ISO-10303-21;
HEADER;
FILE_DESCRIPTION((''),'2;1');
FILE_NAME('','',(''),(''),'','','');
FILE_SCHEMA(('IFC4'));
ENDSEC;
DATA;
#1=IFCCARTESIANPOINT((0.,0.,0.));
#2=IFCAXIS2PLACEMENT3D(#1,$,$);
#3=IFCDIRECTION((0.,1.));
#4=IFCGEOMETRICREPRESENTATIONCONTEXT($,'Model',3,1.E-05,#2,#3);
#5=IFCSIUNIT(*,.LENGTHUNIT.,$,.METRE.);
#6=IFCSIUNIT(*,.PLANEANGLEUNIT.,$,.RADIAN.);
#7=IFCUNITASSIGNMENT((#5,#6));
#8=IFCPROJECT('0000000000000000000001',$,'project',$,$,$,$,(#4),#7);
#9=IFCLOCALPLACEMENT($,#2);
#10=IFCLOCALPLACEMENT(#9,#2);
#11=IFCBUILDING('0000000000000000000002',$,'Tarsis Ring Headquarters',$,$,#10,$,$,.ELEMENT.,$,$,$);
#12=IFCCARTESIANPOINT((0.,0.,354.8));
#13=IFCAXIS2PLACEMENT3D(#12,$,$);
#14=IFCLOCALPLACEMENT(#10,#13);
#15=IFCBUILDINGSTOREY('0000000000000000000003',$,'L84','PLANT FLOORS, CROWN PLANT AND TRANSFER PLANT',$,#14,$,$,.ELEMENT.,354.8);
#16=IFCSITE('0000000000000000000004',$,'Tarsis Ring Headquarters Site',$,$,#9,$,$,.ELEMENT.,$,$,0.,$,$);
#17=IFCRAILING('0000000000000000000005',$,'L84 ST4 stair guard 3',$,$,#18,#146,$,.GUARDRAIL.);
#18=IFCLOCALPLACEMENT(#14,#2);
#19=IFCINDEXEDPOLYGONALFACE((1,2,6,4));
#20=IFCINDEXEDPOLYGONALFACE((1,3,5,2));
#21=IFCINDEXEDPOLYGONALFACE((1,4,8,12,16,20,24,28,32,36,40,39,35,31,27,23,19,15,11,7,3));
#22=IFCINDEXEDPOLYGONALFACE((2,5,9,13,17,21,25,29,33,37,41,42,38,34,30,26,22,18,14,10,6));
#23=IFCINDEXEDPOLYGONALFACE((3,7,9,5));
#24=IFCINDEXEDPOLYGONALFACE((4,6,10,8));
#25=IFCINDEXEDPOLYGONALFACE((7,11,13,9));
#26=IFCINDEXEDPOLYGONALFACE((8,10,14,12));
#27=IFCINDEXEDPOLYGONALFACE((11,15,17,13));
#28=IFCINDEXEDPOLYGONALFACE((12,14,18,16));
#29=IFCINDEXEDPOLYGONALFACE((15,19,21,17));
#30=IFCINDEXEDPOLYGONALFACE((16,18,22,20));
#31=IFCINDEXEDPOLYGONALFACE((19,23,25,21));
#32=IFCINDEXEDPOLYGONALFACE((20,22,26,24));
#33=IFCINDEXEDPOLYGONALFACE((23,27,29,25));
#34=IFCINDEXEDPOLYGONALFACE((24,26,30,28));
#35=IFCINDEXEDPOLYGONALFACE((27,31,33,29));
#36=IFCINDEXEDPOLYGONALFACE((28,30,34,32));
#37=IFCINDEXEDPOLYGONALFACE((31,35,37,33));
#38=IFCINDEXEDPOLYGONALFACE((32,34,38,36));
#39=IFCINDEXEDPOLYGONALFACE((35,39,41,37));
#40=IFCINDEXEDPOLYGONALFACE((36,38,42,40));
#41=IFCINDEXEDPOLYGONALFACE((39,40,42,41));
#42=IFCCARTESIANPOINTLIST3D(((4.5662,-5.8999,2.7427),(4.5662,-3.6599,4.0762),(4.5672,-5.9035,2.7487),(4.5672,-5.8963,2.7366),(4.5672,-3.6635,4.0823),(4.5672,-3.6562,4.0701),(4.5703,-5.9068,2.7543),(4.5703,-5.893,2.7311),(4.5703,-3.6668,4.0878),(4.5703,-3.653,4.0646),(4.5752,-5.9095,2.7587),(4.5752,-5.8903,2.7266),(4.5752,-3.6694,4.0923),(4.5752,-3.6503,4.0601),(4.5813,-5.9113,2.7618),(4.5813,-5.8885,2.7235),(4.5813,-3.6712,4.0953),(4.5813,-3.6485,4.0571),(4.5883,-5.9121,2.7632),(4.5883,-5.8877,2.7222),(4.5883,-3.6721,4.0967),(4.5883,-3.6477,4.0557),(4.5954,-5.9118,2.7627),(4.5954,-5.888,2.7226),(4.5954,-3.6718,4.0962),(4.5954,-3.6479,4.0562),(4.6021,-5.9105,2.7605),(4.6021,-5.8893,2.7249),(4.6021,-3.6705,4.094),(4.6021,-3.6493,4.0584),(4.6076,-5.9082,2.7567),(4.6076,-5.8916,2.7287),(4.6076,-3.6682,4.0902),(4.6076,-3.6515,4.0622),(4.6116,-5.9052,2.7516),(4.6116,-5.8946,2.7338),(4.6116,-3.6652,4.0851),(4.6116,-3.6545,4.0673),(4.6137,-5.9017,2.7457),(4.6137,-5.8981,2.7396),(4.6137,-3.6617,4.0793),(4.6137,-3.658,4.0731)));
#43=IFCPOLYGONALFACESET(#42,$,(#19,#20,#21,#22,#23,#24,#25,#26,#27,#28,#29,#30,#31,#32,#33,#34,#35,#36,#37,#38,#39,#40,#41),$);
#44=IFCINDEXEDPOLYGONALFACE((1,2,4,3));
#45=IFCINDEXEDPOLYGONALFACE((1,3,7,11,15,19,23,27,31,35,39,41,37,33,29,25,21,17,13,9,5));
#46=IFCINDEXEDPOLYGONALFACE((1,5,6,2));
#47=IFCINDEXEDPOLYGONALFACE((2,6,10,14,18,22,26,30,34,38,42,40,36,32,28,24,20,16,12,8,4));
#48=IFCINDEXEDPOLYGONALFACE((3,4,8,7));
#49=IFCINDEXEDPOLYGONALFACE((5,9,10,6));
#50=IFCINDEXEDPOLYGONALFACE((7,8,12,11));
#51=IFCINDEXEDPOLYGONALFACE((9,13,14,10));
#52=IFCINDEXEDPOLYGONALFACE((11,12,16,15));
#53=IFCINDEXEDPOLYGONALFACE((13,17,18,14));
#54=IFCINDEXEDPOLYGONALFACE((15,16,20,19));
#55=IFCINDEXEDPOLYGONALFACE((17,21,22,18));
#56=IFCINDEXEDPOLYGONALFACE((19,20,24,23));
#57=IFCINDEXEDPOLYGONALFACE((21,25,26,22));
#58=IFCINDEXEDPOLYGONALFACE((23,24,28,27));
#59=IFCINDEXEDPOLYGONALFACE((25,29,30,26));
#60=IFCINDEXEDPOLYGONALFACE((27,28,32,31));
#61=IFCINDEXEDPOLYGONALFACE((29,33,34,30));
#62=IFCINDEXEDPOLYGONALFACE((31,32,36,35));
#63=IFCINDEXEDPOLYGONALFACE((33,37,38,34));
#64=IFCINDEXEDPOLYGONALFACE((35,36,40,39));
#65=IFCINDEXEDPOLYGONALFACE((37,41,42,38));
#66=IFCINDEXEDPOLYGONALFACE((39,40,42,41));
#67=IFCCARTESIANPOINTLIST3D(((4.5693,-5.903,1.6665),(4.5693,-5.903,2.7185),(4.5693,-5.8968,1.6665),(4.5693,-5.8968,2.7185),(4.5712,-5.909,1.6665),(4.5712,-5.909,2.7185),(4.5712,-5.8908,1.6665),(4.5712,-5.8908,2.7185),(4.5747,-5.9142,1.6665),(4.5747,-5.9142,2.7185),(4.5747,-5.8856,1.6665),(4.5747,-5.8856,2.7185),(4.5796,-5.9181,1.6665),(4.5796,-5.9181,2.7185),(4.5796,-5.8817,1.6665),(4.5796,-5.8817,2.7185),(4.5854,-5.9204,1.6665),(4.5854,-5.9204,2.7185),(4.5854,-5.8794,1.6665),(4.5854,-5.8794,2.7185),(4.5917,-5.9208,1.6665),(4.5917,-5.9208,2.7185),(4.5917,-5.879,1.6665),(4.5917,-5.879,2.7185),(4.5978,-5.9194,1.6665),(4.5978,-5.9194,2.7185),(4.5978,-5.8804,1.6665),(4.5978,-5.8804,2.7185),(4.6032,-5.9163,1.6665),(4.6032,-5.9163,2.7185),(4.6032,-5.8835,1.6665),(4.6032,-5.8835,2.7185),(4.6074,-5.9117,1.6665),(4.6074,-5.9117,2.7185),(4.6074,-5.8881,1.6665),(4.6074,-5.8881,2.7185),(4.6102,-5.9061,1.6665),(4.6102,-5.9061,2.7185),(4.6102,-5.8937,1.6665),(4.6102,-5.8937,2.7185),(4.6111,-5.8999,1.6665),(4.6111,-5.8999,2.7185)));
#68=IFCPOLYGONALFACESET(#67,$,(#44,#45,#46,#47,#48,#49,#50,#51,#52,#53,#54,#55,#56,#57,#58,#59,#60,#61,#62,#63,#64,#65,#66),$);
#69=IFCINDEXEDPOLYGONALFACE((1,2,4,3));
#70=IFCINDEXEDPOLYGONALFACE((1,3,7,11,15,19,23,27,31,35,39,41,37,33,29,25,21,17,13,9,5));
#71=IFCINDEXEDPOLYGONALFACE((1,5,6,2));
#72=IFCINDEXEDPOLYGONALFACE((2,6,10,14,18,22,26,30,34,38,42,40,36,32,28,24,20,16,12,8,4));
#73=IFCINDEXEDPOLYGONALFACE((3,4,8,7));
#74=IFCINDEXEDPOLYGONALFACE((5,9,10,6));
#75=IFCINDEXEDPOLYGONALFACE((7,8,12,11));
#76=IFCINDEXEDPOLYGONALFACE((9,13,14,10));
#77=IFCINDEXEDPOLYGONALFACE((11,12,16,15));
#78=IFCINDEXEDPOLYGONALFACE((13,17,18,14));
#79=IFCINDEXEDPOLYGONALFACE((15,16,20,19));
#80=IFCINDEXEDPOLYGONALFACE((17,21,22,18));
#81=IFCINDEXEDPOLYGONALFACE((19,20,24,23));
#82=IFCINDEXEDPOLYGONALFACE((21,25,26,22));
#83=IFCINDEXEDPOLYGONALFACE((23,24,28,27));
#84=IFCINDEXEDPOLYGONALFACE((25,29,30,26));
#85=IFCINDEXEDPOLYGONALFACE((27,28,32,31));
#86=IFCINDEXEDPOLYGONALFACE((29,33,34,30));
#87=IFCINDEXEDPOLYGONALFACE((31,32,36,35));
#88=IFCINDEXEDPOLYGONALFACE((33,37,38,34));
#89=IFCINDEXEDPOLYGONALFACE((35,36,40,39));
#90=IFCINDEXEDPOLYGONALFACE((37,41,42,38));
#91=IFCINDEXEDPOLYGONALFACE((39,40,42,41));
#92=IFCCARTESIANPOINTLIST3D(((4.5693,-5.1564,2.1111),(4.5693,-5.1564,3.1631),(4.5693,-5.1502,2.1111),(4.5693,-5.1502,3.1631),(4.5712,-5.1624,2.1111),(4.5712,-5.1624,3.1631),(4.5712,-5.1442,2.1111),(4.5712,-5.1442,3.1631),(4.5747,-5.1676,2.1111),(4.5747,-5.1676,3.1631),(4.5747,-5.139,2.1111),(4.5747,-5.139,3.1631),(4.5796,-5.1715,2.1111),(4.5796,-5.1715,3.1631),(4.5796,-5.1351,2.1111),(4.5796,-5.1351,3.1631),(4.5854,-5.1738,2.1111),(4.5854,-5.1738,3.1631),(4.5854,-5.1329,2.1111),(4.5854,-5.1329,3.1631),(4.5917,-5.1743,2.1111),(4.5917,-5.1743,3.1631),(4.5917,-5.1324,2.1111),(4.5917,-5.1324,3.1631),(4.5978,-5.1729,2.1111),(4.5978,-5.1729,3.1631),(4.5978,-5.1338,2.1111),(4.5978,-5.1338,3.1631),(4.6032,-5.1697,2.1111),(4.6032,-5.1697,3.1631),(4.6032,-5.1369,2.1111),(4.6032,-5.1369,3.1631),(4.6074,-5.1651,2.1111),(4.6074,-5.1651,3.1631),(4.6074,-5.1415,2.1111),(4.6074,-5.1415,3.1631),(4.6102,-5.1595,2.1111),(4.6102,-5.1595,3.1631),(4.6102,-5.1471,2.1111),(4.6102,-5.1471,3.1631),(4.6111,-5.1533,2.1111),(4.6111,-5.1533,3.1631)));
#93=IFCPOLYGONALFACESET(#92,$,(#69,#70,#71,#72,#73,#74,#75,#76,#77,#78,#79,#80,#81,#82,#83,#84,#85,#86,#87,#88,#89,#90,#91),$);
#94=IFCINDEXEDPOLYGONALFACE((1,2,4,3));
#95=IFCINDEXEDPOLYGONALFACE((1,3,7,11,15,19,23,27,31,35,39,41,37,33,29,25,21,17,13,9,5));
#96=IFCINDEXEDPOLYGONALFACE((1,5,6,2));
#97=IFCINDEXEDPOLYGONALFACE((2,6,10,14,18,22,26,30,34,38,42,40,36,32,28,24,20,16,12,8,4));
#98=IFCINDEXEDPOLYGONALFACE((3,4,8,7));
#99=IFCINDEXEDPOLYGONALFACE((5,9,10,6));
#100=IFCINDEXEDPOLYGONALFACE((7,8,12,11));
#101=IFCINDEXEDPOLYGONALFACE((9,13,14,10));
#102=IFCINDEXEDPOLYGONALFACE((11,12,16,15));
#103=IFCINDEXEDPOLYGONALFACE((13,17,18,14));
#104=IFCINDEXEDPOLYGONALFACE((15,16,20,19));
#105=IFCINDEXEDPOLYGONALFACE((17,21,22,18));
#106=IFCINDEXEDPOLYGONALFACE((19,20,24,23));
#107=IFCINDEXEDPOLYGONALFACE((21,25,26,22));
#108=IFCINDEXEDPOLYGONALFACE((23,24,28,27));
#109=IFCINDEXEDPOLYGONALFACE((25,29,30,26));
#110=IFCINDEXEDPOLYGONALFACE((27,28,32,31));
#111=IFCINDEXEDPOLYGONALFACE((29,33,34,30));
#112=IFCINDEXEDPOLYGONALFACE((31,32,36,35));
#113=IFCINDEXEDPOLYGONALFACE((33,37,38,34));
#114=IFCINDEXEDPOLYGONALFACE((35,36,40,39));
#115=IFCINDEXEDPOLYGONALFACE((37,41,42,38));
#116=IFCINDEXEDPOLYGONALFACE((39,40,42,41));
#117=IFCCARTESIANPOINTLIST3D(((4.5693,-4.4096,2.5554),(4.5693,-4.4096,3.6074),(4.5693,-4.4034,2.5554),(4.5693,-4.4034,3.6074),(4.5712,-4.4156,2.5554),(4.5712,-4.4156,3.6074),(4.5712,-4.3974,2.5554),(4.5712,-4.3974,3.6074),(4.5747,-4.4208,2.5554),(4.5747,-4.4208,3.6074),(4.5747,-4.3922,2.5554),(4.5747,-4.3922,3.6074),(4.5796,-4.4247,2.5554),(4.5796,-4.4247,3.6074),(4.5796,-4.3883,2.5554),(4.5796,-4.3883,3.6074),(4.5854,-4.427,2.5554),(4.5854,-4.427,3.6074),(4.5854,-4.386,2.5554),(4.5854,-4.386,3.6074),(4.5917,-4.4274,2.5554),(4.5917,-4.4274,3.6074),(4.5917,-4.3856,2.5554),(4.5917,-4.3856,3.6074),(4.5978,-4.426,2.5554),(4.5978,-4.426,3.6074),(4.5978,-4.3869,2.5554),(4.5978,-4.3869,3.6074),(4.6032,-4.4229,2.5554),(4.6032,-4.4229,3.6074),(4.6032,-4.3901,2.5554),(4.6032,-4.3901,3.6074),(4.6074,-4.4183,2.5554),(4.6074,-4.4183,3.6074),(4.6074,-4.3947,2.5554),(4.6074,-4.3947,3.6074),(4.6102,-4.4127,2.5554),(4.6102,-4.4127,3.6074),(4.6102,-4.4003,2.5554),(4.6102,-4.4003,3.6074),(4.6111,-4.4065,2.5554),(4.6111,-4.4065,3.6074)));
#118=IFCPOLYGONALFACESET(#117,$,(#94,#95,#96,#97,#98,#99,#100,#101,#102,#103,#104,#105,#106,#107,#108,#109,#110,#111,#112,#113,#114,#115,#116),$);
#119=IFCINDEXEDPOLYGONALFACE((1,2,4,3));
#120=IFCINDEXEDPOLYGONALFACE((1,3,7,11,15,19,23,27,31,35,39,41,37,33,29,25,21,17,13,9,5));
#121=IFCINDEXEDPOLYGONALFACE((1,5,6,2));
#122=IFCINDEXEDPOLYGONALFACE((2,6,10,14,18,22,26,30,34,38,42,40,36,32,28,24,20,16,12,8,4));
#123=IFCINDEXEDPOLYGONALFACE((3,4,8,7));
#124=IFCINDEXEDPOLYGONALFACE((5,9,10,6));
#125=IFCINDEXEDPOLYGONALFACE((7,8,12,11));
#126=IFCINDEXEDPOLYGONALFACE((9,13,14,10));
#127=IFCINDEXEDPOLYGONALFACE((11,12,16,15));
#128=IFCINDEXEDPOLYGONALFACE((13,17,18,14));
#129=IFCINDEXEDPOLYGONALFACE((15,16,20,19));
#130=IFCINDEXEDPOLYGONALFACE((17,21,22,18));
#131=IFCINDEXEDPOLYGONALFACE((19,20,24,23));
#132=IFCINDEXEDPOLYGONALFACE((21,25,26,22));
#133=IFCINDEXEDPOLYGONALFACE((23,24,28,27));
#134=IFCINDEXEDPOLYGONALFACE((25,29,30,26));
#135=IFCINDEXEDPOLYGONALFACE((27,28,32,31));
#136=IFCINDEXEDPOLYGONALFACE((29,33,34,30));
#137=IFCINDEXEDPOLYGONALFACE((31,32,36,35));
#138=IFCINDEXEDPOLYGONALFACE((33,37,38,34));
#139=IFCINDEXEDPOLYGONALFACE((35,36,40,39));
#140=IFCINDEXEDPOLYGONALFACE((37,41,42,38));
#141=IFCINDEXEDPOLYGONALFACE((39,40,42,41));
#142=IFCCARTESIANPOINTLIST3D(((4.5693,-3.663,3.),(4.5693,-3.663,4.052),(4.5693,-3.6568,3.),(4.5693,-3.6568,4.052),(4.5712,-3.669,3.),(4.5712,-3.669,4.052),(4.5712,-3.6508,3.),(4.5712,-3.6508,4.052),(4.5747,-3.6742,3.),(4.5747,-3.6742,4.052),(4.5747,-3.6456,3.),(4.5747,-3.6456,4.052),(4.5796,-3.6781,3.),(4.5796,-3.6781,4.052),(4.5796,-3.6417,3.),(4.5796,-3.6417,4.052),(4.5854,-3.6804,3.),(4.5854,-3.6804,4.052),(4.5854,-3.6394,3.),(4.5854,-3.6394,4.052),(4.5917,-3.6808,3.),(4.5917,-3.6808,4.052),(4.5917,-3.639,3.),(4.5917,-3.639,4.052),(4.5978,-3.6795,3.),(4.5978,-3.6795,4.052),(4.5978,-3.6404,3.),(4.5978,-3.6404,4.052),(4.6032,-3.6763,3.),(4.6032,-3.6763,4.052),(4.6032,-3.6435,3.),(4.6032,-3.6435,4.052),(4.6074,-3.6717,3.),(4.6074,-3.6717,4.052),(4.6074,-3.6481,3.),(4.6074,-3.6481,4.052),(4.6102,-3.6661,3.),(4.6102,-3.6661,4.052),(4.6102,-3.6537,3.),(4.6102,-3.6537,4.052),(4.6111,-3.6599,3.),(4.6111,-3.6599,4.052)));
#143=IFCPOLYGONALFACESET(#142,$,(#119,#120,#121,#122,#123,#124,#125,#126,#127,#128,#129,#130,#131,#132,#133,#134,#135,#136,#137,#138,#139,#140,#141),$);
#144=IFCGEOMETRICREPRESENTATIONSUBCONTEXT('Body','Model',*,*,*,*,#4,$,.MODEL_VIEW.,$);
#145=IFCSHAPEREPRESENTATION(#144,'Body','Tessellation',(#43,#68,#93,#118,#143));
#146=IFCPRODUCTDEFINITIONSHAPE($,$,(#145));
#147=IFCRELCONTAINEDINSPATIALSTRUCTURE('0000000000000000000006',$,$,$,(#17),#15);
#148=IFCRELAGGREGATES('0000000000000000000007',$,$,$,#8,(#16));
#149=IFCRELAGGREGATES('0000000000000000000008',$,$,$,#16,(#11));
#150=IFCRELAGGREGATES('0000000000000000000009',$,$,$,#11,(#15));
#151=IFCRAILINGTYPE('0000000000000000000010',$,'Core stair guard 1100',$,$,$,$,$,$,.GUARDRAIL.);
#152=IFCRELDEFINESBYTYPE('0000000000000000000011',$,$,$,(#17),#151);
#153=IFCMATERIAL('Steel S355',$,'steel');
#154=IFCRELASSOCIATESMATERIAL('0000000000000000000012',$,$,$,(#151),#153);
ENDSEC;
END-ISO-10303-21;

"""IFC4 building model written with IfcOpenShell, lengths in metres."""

from ifc_helpers import new_model, si_unit, direction, frame, origin, origin_2d, place, context, subcontext, project, spatial, circle, extrude, material, type_object, element, save


model = new_model("IFC4")

# Units and contexts
model_context = context("Model", 3, precision=1e-05, world=origin(), true_north=direction((0.0, 1.0)))
body_context = subcontext(model_context, "Body", "Model", "MODEL_VIEW")
ifc_project = project(units=[si_unit("LENGTHUNIT", "METRE"), si_unit("PLANEANGLEUNIT", "RADIAN")], contexts=[model_context])

# Site, building, storey
site_placement = place(None, origin())
site = spatial("IfcSite", under=ifc_project, at=site_placement, Name="Tarsis Ring Headquarters Site", CompositionType="ELEMENT", RefElevation=0.0)
building_placement = place(site_placement, origin())
building = spatial("IfcBuilding", under=site, at=building_placement, Name="Tarsis Ring Headquarters", CompositionType="ELEMENT")
storey_placement = place(building_placement, frame((0.0, 0.0, 354.8)))
storey = spatial("IfcBuildingStorey", under=building, at=storey_placement, Name="L84", Description="PLANT FLOORS, CROWN PLANT AND TRANSFER PLANT", CompositionType="ELEMENT", Elevation=354.8)

# Railing
ifc_material_1 = material(Name="Steel S355", Category="steel")
railing_type_1 = type_object("IfcRailingType", Name="Core stair guard 1100", PredefinedType="GUARDRAIL", material=ifc_material_1)
railing_1_placement = place(storey_placement, frame((4.5901, -5.8999, 1.6665)))
element("IfcRailing", 1, at=railing_1_placement, inside=storey, type_object=railing_type_1, Name="L84 ST4 stair guard 3", PredefinedType="GUARDRAIL", context=body_context, shape_type="SweptSolid", body=[
    extrude(circle(Radius=0.0239, at=origin_2d()), frame((0.0, 0.0, 1.0762), z_axis=(0.0, 0.859264, 0.511532), x_axis=(-1.0, 0.0, 0.0)), (0.0, 0.0, 1.0), 2.6069),
    extrude(circle(Radius=0.021, at=origin_2d()), origin(), (0.0, 0.0, 1.0), 1.052),
    extrude(circle(Radius=0.021, at=origin_2d()), frame((0.0, 0.7466, 0.4446)), (0.0, 0.0, 1.0), 1.052),
    extrude(circle(Radius=0.021, at=origin_2d()), frame((0.0, 1.4934, 0.8889)), (0.0, 0.0, 1.0), 1.052),
    extrude(circle(Radius=0.021, at=origin_2d()), frame((0.0, 2.24, 1.3335)), (0.0, 0.0, 1.0), 1.052),
])

save(model, "model.ifc")
